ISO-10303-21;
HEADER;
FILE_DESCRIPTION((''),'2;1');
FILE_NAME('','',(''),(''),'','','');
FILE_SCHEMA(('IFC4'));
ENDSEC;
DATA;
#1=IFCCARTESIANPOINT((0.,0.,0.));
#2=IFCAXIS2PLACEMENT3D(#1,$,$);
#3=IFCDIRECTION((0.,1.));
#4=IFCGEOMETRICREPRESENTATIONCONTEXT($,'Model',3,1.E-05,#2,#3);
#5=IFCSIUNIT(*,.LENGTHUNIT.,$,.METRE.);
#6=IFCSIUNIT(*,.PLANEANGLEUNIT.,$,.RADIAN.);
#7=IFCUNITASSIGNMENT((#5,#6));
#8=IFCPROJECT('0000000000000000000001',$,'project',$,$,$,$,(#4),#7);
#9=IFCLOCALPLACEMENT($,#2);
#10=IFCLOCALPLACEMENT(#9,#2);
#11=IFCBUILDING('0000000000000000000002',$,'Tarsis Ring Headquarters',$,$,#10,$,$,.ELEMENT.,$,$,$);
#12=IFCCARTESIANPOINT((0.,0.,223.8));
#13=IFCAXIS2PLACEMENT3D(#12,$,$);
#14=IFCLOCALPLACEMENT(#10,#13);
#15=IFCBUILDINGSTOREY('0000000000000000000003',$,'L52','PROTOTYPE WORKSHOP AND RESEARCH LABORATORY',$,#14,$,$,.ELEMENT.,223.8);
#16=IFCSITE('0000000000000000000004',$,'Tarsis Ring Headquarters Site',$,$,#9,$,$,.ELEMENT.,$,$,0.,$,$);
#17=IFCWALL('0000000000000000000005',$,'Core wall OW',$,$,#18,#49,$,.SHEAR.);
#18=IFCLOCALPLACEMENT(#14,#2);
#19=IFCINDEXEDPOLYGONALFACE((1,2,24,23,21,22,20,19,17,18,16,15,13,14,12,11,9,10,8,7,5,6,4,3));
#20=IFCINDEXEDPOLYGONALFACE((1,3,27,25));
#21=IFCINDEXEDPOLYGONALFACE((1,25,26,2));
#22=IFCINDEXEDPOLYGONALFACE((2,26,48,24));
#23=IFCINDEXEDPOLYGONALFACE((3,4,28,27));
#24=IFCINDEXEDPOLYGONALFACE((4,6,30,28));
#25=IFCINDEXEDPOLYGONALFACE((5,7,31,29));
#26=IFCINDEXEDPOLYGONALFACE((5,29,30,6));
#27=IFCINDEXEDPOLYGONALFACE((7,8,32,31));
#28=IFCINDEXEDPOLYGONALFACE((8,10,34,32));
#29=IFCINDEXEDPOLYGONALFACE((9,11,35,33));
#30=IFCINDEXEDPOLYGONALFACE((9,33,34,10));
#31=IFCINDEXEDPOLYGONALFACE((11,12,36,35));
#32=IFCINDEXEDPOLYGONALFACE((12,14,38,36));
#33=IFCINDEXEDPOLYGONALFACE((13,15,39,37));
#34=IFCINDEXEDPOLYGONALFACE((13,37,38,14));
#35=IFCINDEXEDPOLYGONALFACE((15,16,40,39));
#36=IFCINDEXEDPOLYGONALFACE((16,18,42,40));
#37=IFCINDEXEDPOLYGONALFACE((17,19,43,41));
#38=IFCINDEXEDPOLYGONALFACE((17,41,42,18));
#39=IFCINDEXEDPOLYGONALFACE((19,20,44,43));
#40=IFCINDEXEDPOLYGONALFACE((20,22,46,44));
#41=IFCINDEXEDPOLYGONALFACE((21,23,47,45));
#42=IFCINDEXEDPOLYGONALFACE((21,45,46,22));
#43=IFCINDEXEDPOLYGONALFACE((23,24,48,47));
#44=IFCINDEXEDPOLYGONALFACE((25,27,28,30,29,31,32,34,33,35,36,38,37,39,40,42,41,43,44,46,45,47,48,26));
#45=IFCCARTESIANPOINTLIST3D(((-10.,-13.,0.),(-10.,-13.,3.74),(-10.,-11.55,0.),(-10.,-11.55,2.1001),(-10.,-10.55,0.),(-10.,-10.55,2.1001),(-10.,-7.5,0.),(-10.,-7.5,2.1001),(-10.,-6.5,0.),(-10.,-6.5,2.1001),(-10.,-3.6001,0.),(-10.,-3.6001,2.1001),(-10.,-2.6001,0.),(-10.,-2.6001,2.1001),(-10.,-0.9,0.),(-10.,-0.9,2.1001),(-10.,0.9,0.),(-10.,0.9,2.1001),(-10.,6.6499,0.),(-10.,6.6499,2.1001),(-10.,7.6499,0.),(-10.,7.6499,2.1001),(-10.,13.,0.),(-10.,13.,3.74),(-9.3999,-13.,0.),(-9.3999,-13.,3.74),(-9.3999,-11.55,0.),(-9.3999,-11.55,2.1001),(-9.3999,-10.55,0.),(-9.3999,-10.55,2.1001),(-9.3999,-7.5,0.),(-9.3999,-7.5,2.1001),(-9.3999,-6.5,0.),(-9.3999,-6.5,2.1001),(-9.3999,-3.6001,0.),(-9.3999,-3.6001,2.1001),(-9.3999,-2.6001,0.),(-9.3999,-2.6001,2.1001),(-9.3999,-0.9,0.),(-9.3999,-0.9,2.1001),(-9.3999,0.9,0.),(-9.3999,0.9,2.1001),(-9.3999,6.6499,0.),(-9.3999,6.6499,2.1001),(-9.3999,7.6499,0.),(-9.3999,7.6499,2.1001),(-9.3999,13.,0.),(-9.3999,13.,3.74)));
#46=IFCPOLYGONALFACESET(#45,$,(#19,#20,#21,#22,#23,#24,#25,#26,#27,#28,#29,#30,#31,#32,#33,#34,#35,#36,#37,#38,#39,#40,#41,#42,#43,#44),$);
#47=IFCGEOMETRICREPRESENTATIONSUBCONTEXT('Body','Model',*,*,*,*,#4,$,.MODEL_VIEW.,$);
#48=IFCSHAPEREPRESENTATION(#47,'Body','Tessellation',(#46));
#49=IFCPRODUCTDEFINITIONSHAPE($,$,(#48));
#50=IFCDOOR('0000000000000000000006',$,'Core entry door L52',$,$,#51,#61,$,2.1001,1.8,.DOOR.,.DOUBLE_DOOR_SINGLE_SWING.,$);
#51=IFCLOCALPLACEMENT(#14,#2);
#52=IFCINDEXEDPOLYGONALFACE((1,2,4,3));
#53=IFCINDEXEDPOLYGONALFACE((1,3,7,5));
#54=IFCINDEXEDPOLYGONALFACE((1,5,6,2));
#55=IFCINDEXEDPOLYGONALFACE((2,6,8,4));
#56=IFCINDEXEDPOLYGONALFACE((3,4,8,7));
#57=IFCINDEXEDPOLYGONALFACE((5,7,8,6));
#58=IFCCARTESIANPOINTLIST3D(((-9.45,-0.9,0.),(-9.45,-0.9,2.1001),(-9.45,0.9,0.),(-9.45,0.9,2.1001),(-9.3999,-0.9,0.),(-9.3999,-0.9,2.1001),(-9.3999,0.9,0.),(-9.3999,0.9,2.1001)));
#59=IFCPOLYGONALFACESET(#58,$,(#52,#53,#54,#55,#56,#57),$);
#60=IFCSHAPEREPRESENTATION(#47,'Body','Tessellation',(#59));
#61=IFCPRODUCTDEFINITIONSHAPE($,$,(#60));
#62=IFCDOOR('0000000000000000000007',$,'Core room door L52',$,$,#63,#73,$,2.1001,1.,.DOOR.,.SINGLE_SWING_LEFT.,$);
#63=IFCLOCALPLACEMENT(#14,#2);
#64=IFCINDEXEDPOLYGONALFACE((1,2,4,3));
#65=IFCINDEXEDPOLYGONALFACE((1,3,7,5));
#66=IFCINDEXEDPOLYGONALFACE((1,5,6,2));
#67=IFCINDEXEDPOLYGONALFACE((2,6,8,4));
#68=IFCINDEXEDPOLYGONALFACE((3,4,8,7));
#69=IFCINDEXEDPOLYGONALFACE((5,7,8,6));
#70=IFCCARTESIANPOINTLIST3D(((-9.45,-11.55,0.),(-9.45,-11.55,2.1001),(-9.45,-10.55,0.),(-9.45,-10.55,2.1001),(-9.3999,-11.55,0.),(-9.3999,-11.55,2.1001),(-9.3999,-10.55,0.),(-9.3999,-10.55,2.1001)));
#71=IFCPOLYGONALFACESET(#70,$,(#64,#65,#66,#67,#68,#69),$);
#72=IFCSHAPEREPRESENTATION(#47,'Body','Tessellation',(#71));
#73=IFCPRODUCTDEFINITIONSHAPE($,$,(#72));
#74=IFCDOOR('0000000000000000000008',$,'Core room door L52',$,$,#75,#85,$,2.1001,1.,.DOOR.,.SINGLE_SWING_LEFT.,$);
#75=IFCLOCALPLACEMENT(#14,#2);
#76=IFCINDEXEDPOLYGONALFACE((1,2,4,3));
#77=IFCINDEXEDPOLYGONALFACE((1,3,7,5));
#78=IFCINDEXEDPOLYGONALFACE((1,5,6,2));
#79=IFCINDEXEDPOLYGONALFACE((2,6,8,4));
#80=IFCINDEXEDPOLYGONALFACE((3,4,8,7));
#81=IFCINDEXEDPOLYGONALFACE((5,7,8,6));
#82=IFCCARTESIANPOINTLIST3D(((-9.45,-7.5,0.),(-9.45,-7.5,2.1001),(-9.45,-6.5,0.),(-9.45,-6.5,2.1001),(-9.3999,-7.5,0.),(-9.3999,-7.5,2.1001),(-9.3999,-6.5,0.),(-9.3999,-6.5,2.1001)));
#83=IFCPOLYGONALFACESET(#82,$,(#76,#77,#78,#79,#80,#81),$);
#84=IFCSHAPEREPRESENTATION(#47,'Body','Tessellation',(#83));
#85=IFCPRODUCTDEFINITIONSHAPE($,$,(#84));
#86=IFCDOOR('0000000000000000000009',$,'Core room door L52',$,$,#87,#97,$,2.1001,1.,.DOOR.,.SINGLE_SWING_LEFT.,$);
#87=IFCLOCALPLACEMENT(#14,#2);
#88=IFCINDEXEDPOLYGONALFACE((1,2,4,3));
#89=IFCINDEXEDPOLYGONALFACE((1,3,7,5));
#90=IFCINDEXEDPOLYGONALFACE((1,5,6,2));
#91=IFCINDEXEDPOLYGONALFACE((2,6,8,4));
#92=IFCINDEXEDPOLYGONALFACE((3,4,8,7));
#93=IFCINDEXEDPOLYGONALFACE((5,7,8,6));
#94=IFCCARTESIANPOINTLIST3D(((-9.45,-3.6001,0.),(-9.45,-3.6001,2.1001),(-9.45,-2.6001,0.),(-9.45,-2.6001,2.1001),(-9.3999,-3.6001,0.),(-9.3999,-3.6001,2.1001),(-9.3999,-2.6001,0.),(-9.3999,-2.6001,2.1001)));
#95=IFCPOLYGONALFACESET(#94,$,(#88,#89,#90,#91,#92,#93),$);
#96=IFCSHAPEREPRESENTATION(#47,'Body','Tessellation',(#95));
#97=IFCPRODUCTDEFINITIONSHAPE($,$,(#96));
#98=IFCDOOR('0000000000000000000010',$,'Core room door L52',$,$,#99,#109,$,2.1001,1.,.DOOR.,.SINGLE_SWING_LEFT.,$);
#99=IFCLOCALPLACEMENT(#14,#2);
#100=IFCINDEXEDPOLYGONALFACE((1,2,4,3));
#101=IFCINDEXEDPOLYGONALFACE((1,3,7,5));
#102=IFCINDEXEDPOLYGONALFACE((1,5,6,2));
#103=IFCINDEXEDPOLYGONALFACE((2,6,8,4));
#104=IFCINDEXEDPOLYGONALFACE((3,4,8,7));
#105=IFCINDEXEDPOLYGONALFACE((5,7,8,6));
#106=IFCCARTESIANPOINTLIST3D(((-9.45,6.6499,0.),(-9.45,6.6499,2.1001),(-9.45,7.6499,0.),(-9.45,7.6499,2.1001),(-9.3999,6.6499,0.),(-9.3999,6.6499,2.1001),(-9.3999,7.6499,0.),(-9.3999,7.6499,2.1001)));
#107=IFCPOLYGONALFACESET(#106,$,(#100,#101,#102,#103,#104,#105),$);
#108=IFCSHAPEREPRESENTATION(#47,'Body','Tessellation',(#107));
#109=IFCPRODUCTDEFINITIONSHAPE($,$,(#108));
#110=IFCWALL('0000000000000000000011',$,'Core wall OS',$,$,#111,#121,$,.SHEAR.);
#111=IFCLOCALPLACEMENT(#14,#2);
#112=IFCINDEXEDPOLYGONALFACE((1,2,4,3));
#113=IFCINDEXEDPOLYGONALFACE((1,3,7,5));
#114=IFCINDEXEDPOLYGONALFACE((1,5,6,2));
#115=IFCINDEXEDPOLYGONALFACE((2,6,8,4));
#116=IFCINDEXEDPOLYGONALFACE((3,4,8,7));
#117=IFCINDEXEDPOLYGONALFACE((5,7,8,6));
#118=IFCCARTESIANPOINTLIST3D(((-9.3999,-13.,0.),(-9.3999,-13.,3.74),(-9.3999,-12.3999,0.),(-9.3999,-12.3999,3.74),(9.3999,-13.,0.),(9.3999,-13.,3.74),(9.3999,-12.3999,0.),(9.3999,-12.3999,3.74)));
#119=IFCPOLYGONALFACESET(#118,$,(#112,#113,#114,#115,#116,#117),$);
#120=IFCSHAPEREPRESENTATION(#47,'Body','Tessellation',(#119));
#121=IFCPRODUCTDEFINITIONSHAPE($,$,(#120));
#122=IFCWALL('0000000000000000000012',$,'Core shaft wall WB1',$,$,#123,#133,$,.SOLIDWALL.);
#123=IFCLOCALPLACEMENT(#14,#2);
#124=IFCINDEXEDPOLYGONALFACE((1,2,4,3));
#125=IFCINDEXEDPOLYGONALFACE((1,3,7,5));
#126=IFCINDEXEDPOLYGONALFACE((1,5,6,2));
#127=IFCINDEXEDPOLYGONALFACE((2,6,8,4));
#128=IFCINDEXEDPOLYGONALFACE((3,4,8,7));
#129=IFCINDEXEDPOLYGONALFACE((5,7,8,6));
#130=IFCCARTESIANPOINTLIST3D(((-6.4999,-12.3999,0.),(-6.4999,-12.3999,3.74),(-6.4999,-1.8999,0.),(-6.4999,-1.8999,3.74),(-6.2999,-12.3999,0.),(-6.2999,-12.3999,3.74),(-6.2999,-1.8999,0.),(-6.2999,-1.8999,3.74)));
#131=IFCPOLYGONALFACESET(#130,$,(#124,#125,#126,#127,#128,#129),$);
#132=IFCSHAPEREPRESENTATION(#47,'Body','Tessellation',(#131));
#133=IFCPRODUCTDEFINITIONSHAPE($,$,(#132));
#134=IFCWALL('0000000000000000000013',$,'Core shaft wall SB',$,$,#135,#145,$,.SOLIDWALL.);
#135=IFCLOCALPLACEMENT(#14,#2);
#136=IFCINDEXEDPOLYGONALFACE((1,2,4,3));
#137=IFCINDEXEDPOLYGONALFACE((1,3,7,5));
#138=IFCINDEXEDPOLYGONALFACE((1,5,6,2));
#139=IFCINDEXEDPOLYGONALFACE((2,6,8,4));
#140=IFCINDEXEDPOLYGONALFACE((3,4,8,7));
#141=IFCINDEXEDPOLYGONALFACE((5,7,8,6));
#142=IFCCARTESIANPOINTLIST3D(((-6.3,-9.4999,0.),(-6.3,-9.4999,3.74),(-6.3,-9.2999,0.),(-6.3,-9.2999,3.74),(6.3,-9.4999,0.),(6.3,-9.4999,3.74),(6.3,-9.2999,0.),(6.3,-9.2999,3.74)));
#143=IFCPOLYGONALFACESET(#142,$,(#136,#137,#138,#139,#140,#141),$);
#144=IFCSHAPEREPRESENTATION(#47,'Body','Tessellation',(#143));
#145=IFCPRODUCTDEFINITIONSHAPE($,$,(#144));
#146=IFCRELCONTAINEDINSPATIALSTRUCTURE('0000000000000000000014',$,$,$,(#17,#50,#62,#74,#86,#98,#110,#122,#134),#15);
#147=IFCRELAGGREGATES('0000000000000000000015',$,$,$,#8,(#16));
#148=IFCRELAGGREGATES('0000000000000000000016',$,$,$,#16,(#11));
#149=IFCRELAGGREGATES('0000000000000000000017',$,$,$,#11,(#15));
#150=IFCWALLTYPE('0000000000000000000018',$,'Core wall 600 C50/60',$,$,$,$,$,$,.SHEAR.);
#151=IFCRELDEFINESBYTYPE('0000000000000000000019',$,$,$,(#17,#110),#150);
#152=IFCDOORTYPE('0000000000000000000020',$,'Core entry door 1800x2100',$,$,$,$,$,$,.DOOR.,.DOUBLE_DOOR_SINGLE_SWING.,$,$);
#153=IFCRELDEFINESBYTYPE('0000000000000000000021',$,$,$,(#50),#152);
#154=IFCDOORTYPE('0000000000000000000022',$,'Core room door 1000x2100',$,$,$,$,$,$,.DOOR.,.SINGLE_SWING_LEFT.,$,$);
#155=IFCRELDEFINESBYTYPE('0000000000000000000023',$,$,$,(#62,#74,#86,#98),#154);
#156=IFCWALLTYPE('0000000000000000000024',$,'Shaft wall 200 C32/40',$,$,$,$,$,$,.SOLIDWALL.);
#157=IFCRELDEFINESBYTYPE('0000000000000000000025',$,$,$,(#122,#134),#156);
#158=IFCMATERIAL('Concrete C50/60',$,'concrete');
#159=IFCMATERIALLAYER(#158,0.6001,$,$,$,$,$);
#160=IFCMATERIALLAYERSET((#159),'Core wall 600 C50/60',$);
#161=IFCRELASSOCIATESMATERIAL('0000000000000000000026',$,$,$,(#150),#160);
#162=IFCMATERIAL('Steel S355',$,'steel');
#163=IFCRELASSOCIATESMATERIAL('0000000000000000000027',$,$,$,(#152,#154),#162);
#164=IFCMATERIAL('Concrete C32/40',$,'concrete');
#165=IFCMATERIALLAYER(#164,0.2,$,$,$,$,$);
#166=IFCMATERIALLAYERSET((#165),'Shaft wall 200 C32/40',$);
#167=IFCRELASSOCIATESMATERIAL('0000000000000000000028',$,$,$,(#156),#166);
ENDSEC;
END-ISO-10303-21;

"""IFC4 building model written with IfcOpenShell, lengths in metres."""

from ifc_helpers import new_model, si_unit, direction, frame, frame_2d, origin, place, context, subcontext, project, spatial, rectangle, extrude, material, layer, layer_set, type_object, element, fill, save


model = new_model("IFC4")

# Units and contexts
model_context = context("Model", 3, precision=1e-05, world=origin(), true_north=direction((0.0, 1.0)))
body_context = subcontext(model_context, "Body", "Model", "MODEL_VIEW")
ifc_project = project(units=[si_unit("LENGTHUNIT", "METRE"), si_unit("PLANEANGLEUNIT", "RADIAN")], contexts=[model_context])

# Site, building, storey
site_placement = place(None, origin())
site = spatial("IfcSite", under=ifc_project, at=site_placement, Name="Tarsis Ring Headquarters Site", CompositionType="ELEMENT", RefElevation=0.0)
building_placement = place(site_placement, origin())
building = spatial("IfcBuilding", under=site, at=building_placement, Name="Tarsis Ring Headquarters", CompositionType="ELEMENT")
storey_placement = place(building_placement, frame((0.0, 0.0, 223.8)))
storey = spatial("IfcBuildingStorey", under=building, at=storey_placement, Name="L52", Description="PROTOTYPE WORKSHOP AND RESEARCH LABORATORY", CompositionType="ELEMENT", Elevation=223.8)

# Wall, openings, doors
ifc_material_1 = material(Name="Concrete C50/60", Category="concrete")
ifc_layer_1 = layer(ifc_material_1, 0.6001)
ifc_layer_set_1 = layer_set([ifc_layer_1], Name="Core wall 600 C50/60")
wall_type_1 = type_object("IfcWallType", Name="Core wall 600 C50/60", PredefinedType="SHEAR", material=ifc_layer_set_1)
wall_1_placement = place(storey_placement, frame((-9.7, -13.0, 0.0), z_axis=(0.0, 0.0, 1.0), x_axis=(0.0, 1.0, 0.0)))
wall_1 = element("IfcWall", 1, at=wall_1_placement, inside=storey, type_object=wall_type_1, Name="Core wall OW", PredefinedType="SHEAR", context=body_context, shape_type="SweptSolid", body=[
    extrude(rectangle(XDim=26.0, YDim=0.6001, at=frame_2d((13.0, 0.0))), origin(), (0.0, 0.0, 1.0), 3.74),
])
opening_1_placement = place(wall_1_placement, frame((1.45, 0.0, 0.0)))
opening_1 = element("IfcOpeningElement", 2, at=opening_1_placement, cuts=wall_1, PredefinedType="OPENING", context=body_context, shape_type="SweptSolid", body=[
    extrude(rectangle(XDim=1.0, YDim=2.1001, at=frame_2d((0.5, 1.05))), frame((0.0, 0.3101, 0.0), z_axis=(0.0, -1.0, 0.0), x_axis=(1.0, 0.0, 0.0)), (0.0, 0.0, 1.0), 0.6201),
])
opening_2_placement = place(wall_1_placement, frame((5.5, 0.0, 0.0)))
opening_2 = element("IfcOpeningElement", 3, at=opening_2_placement, cuts=wall_1, PredefinedType="OPENING", context=body_context, shape_type="SweptSolid", body=[
    extrude(rectangle(XDim=1.0, YDim=2.1001, at=frame_2d((0.5, 1.05))), frame((0.0, 0.3101, 0.0), z_axis=(0.0, -1.0, 0.0), x_axis=(1.0, 0.0, 0.0)), (0.0, 0.0, 1.0), 0.6201),
])
opening_3_placement = place(wall_1_placement, frame((9.3999, 0.0, 0.0)))
opening_3 = element("IfcOpeningElement", 4, at=opening_3_placement, cuts=wall_1, PredefinedType="OPENING", context=body_context, shape_type="SweptSolid", body=[
    extrude(rectangle(XDim=1.0, YDim=2.1001, at=frame_2d((0.5, 1.05))), frame((0.0, 0.3101, 0.0), z_axis=(0.0, -1.0, 0.0), x_axis=(1.0, 0.0, 0.0)), (0.0, 0.0, 1.0), 0.6201),
])
opening_4_placement = place(wall_1_placement, frame((12.1001, 0.0, 0.0)))
opening_4 = element("IfcOpeningElement", 5, at=opening_4_placement, cuts=wall_1, PredefinedType="OPENING", context=body_context, shape_type="SweptSolid", body=[
    extrude(rectangle(XDim=1.8, YDim=2.1001, at=frame_2d((0.8999, 1.05))), frame((0.0, 0.3101, 0.0), z_axis=(0.0, -1.0, 0.0), x_axis=(1.0, 0.0, 0.0)), (0.0, 0.0, 1.0), 0.6201),
])
opening_5_placement = place(wall_1_placement, frame((19.6499, 0.0, 0.0)))
opening_5 = element("IfcOpeningElement", 6, at=opening_5_placement, cuts=wall_1, PredefinedType="OPENING", context=body_context, shape_type="SweptSolid", body=[
    extrude(rectangle(XDim=1.0, YDim=2.1001, at=frame_2d((0.5, 1.05))), frame((0.0, 0.3101, 0.0), z_axis=(0.0, -1.0, 0.0), x_axis=(1.0, 0.0, 0.0)), (0.0, 0.0, 1.0), 0.6201),
])
ifc_material_2 = material(Name="Steel S355", Category="steel")
door_type_1 = type_object("IfcDoorType", Name="Core entry door 1800x2100", OperationType="DOUBLE_DOOR_SINGLE_SWING", PredefinedType="DOOR", material=ifc_material_2)
door_1_placement = place(opening_4_placement, origin())
door_1 = element("IfcDoor", 7, at=door_1_placement, inside=storey, type_object=door_type_1, Name="Core entry door L52", OperationType="DOUBLE_DOOR_SINGLE_SWING", OverallHeight=2.1001, OverallWidth=1.8, PredefinedType="DOOR", context=body_context, shape_type="SweptSolid", body=[
    extrude(rectangle(XDim=1.8, YDim=2.1001, at=frame_2d((0.8999, 1.05))), frame((0.0, -0.25, 0.0), z_axis=(0.0, -1.0, 0.0), x_axis=(1.0, 0.0, 0.0)), (0.0, 0.0, 1.0), 0.05),
])
fill(opening_4, door_1)
door_type_2 = type_object("IfcDoorType", Name="Core room door 1000x2100", OperationType="SINGLE_SWING_LEFT", PredefinedType="DOOR", material=ifc_material_2)
door_2_placement = place(opening_1_placement, origin())
door_2 = element("IfcDoor", 8, at=door_2_placement, inside=storey, type_object=door_type_2, Name="Core room door L52", OperationType="SINGLE_SWING_LEFT", OverallHeight=2.1001, OverallWidth=1.0, PredefinedType="DOOR", context=body_context, shape_type="SweptSolid", body=[
    extrude(rectangle(XDim=1.0, YDim=2.1001, at=frame_2d((0.5, 1.05))), frame((0.0, -0.25, 0.0), z_axis=(0.0, -1.0, 0.0), x_axis=(1.0, 0.0, 0.0)), (0.0, 0.0, 1.0), 0.05),
])
fill(opening_1, door_2)
door_3_placement = place(opening_2_placement, origin())
door_3 = element("IfcDoor", 9, at=door_3_placement, inside=storey, type_object=door_type_2, Name="Core room door L52", OperationType="SINGLE_SWING_LEFT", OverallHeight=2.1001, OverallWidth=1.0, PredefinedType="DOOR", context=body_context, shape_type="SweptSolid", body=[
    extrude(rectangle(XDim=1.0, YDim=2.1001, at=frame_2d((0.5, 1.05))), frame((0.0, -0.25, 0.0), z_axis=(0.0, -1.0, 0.0), x_axis=(1.0, 0.0, 0.0)), (0.0, 0.0, 1.0), 0.05),
])
fill(opening_2, door_3)
door_4_placement = place(opening_3_placement, origin())
door_4 = element("IfcDoor", 10, at=door_4_placement, inside=storey, type_object=door_type_2, Name="Core room door L52", OperationType="SINGLE_SWING_LEFT", OverallHeight=2.1001, OverallWidth=1.0, PredefinedType="DOOR", context=body_context, shape_type="SweptSolid", body=[
    extrude(rectangle(XDim=1.0, YDim=2.1001, at=frame_2d((0.5, 1.05))), frame((0.0, -0.25, 0.0), z_axis=(0.0, -1.0, 0.0), x_axis=(1.0, 0.0, 0.0)), (0.0, 0.0, 1.0), 0.05),
])
fill(opening_3, door_4)
door_5_placement = place(opening_5_placement, origin())
door_5 = element("IfcDoor", 11, at=door_5_placement, inside=storey, type_object=door_type_2, Name="Core room door L52", OperationType="SINGLE_SWING_LEFT", OverallHeight=2.1001, OverallWidth=1.0, PredefinedType="DOOR", context=body_context, shape_type="SweptSolid", body=[
    extrude(rectangle(XDim=1.0, YDim=2.1001, at=frame_2d((0.5, 1.05))), frame((0.0, -0.25, 0.0), z_axis=(0.0, -1.0, 0.0), x_axis=(1.0, 0.0, 0.0)), (0.0, 0.0, 1.0), 0.05),
])
fill(opening_5, door_5)

# Walls
wall_2_placement = place(storey_placement, frame((-9.3999, -12.7, 0.0), z_axis=(0.0, 0.0, 1.0), x_axis=(1.0, 0.0, 0.0)))
element("IfcWall", 12, at=wall_2_placement, inside=storey, type_object=wall_type_1, Name="Core wall OS", PredefinedType="SHEAR", context=body_context, shape_type="SweptSolid", body=[
    extrude(rectangle(XDim=18.7998, YDim=0.6001, at=frame_2d((9.3999, 0.0))), origin(), (0.0, 0.0, 1.0), 3.74),
])
ifc_material_3 = material(Name="Concrete C32/40", Category="concrete")
ifc_layer_2 = layer(ifc_material_3, 0.2)
ifc_layer_set_2 = layer_set([ifc_layer_2], Name="Shaft wall 200 C32/40")
wall_type_2 = type_object("IfcWallType", Name="Shaft wall 200 C32/40", PredefinedType="SOLIDWALL", material=ifc_layer_set_2)
wall_3_placement = place(storey_placement, frame((-6.3999, -12.3999, 0.0), z_axis=(0.0, 0.0, 1.0), x_axis=(0.0, 1.0, 0.0)))
element("IfcWall", 13, at=wall_3_placement, inside=storey, type_object=wall_type_2, Name="Core shaft wall WB1", PredefinedType="SOLIDWALL", context=body_context, shape_type="SweptSolid", body=[
    extrude(rectangle(XDim=10.5, YDim=0.2, at=frame_2d((5.25, 0.0))), origin(), (0.0, 0.0, 1.0), 3.74),
])
wall_4_placement = place(storey_placement, frame((-6.3, -9.3999, 0.0), z_axis=(0.0, 0.0, 1.0), x_axis=(1.0, 0.0, 0.0)))
element("IfcWall", 14, at=wall_4_placement, inside=storey, type_object=wall_type_2, Name="Core shaft wall SB", PredefinedType="SOLIDWALL", context=body_context, shape_type="SweptSolid", body=[
    extrude(rectangle(XDim=12.6001, YDim=0.2, at=frame_2d((6.3, 0.0))), origin(), (0.0, 0.0, 1.0), 3.74),
])

save(model, "model.ifc")
